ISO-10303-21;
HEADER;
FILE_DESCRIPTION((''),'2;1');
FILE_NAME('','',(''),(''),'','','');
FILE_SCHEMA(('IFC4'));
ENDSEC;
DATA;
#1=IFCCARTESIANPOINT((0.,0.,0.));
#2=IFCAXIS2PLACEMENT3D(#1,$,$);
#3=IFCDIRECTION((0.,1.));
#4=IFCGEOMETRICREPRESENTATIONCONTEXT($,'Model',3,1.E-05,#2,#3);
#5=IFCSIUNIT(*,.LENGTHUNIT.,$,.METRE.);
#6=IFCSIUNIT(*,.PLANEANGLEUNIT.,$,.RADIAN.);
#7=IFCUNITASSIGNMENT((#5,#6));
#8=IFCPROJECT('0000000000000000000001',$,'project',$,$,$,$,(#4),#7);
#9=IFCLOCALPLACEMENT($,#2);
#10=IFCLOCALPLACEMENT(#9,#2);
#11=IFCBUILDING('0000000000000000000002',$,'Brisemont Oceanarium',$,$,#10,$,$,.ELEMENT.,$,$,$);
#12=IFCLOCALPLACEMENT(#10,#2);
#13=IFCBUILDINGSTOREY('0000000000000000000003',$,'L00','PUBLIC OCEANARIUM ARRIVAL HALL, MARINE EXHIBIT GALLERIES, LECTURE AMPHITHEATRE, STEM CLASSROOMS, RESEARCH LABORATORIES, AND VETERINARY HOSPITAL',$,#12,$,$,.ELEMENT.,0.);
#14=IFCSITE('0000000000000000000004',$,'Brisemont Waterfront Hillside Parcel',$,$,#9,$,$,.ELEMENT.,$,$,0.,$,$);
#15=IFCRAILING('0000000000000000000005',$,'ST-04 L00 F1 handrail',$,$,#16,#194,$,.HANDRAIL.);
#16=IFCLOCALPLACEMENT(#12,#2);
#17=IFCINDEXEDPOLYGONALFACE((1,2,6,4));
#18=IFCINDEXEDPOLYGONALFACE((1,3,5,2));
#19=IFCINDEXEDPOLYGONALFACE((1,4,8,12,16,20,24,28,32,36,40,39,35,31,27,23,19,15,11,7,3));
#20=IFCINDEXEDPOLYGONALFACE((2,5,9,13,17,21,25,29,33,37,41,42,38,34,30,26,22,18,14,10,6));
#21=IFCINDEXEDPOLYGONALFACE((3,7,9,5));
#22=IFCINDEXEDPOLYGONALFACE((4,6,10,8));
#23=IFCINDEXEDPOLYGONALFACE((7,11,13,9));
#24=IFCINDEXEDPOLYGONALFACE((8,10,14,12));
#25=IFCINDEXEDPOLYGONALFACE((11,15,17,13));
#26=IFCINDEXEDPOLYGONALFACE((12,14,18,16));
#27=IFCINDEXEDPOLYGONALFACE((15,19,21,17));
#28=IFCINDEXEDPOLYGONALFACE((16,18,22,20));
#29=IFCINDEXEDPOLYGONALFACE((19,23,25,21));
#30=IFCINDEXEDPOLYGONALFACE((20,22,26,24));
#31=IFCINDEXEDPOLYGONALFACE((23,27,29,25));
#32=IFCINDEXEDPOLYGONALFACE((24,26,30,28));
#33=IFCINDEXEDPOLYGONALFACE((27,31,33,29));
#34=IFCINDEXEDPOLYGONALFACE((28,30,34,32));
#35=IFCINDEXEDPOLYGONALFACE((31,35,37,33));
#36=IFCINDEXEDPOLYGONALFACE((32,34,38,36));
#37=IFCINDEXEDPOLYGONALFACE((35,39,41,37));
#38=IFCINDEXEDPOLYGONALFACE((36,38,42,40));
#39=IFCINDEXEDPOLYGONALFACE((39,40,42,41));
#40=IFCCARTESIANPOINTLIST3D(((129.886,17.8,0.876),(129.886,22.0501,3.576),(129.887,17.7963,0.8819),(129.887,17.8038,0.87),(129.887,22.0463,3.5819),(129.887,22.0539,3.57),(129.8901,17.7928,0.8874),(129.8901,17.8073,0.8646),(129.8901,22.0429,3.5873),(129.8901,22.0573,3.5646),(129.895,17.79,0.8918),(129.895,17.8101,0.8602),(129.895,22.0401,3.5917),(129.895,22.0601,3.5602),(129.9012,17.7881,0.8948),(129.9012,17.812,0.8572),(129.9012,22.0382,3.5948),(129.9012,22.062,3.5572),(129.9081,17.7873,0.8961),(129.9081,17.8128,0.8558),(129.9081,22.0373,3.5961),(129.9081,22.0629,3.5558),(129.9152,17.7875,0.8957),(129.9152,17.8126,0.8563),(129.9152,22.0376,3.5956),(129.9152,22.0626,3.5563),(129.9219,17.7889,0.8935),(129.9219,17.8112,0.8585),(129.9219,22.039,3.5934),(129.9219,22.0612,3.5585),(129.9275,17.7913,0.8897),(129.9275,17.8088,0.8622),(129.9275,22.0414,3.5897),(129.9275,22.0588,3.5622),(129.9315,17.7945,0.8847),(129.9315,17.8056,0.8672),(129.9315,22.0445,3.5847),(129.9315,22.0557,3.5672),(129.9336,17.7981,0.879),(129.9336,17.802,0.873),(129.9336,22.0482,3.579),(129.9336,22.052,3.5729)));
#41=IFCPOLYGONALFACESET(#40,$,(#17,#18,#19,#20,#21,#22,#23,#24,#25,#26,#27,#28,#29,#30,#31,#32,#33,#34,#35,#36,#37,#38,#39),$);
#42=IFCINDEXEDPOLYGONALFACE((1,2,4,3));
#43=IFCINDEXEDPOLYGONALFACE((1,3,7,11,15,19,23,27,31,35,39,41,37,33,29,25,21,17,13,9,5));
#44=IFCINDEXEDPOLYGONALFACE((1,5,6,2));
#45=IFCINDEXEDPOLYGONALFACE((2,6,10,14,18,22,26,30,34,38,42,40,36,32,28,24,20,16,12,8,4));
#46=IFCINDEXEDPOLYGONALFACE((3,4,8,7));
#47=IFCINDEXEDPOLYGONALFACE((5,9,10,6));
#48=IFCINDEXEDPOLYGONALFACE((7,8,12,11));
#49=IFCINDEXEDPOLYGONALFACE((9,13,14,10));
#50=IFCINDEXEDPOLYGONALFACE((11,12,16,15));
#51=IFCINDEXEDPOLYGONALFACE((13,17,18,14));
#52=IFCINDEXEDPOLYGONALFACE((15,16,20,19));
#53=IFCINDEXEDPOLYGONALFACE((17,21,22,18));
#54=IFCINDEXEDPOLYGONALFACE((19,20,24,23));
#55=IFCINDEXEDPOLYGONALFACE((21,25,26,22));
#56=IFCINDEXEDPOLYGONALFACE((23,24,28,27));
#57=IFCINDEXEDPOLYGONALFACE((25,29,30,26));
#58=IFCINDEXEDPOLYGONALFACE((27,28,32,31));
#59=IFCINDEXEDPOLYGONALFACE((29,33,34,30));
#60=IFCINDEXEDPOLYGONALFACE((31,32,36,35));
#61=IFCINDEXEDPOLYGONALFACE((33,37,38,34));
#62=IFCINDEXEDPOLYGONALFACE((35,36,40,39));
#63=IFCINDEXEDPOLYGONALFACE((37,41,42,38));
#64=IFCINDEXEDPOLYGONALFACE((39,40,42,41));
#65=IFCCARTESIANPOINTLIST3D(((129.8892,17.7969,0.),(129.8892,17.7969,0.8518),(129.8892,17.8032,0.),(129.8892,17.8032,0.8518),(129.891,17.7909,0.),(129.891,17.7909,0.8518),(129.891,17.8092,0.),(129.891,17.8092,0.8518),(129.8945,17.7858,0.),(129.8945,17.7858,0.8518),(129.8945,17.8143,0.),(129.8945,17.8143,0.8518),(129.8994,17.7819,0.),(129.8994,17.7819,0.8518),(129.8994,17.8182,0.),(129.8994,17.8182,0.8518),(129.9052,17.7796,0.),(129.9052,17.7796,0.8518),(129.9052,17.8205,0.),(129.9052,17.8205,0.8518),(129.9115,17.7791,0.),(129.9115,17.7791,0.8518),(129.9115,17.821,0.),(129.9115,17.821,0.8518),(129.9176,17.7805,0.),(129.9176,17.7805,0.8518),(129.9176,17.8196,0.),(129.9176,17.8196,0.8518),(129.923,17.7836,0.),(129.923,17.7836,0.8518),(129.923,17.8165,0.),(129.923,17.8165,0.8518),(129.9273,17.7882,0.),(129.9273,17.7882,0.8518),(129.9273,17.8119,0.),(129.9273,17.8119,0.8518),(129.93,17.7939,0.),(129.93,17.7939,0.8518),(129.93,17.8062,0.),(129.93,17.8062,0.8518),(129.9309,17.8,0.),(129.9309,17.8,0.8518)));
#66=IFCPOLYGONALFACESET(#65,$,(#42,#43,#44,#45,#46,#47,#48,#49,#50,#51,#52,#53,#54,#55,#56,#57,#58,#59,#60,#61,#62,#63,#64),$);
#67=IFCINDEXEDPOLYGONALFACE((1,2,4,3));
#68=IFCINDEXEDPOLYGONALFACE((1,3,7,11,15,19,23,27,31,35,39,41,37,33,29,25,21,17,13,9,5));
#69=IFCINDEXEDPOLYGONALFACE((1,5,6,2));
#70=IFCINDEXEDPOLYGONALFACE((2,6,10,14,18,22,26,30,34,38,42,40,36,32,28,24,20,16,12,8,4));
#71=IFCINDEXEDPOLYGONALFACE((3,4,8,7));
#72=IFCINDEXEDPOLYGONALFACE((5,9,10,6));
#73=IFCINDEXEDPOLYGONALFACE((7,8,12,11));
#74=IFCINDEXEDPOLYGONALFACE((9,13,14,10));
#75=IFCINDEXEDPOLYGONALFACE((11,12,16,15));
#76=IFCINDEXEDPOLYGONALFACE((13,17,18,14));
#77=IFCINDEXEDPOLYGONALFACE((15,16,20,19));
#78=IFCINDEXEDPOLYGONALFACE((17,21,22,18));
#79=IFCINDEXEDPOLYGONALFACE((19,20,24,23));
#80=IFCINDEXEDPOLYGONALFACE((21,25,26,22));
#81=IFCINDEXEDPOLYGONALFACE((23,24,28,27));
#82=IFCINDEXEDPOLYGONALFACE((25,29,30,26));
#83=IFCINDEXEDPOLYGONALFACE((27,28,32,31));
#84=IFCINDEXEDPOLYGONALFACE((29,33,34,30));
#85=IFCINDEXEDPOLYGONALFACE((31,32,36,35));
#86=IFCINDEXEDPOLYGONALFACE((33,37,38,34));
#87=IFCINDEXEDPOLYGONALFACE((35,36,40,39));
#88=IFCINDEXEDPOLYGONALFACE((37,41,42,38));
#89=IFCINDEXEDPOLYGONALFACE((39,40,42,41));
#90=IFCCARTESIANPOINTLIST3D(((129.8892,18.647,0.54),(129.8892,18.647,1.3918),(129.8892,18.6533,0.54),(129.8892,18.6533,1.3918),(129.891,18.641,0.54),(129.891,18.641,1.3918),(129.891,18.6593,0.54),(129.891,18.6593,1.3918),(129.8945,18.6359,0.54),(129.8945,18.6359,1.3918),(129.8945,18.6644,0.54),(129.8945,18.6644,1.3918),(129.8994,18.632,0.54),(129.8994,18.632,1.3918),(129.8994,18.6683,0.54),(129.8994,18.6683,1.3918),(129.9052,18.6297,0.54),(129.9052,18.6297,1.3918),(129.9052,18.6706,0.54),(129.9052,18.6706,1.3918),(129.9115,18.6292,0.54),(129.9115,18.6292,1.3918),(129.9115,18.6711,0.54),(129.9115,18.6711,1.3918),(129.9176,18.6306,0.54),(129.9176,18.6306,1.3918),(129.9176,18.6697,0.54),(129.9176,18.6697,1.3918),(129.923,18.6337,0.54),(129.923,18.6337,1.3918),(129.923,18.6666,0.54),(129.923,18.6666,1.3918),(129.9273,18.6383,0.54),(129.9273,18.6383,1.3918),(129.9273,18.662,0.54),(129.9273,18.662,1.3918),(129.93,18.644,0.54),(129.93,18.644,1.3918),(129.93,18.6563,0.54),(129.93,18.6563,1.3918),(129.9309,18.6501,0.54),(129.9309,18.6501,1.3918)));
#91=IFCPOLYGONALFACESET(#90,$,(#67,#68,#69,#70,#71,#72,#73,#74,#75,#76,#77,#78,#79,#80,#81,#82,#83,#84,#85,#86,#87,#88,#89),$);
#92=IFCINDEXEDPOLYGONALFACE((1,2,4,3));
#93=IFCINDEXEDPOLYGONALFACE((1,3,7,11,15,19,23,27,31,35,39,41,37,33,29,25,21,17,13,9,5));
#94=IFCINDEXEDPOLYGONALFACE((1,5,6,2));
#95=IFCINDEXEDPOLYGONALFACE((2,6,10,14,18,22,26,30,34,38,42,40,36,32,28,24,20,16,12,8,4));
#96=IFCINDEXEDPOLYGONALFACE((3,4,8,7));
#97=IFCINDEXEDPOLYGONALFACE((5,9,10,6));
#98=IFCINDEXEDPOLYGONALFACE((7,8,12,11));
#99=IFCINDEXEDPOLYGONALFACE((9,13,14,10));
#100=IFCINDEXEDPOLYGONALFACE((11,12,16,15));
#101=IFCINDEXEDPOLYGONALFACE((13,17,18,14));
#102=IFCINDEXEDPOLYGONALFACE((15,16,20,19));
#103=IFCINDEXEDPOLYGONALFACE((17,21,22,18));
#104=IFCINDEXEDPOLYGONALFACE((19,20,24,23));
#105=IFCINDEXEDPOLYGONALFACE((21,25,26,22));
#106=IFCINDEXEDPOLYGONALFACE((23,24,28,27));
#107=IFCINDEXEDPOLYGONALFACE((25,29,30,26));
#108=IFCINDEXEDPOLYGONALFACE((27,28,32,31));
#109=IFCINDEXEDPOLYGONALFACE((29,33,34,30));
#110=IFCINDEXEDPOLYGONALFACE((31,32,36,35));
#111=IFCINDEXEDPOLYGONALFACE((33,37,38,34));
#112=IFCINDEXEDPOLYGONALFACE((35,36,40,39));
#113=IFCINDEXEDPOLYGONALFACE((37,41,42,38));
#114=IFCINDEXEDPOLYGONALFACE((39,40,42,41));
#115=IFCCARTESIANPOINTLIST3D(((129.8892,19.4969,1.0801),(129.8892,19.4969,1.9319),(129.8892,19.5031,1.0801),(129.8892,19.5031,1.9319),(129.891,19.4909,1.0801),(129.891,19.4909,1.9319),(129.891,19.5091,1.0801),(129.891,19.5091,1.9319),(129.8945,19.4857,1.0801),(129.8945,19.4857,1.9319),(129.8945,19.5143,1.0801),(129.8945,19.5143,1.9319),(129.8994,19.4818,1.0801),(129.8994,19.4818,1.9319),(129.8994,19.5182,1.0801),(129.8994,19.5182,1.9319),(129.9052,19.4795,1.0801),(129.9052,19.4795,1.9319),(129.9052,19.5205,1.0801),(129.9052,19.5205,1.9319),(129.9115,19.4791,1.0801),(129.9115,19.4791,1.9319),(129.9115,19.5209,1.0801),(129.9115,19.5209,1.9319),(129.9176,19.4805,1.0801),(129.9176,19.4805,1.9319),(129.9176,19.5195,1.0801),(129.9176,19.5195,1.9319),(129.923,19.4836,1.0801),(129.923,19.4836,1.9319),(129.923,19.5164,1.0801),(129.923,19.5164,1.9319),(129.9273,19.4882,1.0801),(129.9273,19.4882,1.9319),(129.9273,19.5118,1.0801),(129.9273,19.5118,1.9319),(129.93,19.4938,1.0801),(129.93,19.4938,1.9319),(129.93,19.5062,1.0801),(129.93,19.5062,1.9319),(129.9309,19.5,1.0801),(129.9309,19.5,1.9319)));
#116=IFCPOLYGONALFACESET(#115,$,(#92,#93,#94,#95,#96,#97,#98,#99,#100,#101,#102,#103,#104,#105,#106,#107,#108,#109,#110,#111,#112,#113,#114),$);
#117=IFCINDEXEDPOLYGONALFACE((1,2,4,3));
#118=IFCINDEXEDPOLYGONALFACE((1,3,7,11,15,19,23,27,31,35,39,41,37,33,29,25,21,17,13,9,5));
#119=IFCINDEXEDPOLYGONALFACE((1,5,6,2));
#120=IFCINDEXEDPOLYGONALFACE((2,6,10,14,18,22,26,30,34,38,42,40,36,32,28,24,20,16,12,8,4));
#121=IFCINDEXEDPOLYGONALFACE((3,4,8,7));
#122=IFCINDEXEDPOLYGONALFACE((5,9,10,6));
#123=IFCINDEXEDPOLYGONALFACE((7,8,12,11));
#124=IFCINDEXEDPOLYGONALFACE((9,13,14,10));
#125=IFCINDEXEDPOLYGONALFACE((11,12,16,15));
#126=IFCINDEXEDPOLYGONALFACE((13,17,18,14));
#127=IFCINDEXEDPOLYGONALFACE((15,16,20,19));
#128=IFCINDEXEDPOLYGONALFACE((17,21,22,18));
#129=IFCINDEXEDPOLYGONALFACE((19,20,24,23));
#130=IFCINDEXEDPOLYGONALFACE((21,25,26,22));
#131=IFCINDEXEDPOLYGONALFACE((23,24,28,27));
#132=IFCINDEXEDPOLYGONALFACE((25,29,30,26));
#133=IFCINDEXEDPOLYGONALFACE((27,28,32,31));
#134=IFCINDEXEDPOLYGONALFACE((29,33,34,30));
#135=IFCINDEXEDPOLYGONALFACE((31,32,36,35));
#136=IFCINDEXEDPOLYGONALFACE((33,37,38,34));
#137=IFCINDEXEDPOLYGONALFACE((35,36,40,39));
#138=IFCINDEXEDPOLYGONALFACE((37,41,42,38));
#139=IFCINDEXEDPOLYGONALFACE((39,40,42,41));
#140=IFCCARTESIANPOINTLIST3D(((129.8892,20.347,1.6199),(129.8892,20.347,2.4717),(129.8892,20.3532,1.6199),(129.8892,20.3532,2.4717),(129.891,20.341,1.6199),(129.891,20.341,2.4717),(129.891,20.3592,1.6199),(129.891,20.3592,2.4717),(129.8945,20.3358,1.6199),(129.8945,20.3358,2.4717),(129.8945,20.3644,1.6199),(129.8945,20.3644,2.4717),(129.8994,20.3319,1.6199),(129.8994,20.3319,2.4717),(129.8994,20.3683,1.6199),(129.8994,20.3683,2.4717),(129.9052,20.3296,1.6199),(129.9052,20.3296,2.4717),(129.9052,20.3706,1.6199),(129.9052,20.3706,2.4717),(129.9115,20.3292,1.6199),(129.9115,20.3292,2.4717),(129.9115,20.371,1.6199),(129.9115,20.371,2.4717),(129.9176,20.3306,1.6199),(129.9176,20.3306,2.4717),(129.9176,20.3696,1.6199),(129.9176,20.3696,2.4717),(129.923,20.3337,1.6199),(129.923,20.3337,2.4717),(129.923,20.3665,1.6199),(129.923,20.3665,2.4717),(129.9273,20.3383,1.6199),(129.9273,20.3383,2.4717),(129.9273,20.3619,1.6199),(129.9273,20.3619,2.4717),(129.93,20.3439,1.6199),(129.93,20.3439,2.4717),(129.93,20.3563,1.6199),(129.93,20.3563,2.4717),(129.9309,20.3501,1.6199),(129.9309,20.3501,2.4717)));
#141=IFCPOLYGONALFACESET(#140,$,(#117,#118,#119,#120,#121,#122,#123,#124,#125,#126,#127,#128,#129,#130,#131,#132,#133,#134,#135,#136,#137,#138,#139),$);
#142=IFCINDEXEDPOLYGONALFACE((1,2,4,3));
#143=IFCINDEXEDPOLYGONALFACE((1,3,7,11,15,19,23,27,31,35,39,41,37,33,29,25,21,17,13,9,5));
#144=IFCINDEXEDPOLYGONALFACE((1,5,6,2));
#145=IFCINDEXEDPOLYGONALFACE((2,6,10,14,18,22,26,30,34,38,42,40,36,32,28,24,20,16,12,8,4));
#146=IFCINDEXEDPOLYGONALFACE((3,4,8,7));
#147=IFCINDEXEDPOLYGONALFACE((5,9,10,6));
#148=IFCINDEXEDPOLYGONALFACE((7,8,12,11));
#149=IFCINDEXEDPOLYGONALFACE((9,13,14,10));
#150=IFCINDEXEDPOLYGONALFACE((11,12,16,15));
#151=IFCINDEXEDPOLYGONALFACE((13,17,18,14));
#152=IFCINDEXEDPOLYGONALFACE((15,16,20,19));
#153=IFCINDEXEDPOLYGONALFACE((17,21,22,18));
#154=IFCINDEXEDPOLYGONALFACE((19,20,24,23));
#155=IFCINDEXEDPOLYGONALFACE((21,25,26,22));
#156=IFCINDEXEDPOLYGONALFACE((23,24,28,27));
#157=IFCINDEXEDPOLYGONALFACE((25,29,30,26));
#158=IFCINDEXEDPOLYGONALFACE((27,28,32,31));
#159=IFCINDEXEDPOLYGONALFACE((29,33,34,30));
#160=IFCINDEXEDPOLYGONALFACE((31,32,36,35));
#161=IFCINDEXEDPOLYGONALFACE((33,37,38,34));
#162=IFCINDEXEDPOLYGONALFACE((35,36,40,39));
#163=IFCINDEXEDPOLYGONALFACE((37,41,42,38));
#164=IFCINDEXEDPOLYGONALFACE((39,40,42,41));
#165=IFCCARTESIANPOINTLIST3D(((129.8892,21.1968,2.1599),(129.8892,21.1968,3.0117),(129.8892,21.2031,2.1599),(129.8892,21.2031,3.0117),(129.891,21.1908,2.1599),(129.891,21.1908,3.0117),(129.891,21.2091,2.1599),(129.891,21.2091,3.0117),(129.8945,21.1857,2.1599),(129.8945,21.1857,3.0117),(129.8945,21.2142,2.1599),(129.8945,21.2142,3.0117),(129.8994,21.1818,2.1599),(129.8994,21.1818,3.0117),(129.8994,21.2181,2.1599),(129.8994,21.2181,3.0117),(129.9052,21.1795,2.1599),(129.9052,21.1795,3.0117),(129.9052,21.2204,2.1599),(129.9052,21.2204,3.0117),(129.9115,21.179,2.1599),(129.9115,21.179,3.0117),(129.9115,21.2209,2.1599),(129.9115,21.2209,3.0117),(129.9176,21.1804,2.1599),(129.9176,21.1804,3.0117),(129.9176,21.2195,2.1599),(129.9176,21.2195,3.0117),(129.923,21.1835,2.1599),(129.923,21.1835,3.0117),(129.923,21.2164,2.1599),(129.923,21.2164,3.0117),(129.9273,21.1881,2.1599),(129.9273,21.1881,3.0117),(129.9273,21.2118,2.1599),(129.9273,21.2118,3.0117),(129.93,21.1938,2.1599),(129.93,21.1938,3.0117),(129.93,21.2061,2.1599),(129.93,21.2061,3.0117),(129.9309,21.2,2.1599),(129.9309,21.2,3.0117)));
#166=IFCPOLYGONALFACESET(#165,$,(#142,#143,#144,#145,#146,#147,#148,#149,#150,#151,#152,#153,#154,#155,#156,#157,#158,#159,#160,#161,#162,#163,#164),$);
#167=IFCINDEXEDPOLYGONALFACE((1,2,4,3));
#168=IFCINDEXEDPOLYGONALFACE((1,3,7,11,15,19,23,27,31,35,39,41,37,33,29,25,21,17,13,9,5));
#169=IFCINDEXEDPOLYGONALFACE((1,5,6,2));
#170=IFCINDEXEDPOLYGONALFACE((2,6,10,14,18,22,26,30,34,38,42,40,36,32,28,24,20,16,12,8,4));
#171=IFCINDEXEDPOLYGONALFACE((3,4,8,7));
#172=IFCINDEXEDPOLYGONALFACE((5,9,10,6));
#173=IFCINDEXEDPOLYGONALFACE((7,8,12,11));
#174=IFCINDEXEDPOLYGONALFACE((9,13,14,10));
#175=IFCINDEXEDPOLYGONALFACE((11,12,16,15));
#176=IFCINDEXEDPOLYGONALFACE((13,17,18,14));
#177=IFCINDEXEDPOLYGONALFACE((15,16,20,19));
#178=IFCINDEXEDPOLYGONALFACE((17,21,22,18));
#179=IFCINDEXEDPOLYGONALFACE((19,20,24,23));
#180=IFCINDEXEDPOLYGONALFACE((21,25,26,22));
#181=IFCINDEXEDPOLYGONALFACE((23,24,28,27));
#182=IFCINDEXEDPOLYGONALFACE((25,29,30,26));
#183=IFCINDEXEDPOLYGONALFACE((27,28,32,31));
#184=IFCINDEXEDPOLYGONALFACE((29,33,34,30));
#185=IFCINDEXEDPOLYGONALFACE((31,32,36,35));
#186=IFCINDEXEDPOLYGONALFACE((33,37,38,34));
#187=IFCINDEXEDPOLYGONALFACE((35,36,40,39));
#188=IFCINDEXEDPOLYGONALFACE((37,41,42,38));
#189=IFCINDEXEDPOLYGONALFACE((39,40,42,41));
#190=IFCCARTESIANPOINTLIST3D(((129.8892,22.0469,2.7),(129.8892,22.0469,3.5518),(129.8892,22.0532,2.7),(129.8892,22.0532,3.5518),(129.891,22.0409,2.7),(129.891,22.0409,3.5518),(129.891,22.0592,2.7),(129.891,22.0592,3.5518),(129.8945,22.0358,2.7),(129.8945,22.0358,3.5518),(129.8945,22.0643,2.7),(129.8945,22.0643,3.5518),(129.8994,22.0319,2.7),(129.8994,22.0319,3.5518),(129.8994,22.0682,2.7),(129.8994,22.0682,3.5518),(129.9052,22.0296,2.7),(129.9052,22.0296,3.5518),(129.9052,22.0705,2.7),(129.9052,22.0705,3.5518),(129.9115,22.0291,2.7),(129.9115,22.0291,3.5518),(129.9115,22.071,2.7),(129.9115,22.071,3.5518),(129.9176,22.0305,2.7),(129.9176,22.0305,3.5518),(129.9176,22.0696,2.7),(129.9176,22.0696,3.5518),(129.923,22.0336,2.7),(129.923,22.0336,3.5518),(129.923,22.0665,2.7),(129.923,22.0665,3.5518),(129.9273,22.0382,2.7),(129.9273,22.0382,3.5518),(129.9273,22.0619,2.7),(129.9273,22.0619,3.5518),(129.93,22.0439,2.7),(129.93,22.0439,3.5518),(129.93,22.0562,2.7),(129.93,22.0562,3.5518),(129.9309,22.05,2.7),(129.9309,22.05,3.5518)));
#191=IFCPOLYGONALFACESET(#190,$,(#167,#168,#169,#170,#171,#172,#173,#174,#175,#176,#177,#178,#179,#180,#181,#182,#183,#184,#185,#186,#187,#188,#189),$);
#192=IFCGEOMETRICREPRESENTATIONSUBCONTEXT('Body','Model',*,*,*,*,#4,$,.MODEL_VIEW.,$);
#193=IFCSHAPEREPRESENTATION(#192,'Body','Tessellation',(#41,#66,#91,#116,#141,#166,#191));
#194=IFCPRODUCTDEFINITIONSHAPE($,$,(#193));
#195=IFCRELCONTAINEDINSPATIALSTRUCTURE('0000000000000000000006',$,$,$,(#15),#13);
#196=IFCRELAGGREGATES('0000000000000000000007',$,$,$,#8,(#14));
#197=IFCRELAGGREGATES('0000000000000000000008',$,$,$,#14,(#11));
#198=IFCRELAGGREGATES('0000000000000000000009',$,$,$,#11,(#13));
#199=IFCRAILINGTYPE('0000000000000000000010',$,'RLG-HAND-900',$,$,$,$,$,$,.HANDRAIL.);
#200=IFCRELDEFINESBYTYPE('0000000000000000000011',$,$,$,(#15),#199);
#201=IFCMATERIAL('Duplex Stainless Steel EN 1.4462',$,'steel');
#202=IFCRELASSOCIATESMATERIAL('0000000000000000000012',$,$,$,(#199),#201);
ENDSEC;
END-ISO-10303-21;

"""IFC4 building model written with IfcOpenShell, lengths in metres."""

from ifc_helpers import new_model, si_unit, direction, frame, origin, origin_2d, place, context, subcontext, project, spatial, circle, extrude, material, type_object, element, save


model = new_model("IFC4")

# Units and contexts
model_context = context("Model", 3, precision=1e-05, world=origin(), true_north=direction((0.0, 1.0)))
body_context = subcontext(model_context, "Body", "Model", "MODEL_VIEW")
ifc_project = project(units=[si_unit("LENGTHUNIT", "METRE"), si_unit("PLANEANGLEUNIT", "RADIAN")], contexts=[model_context])

# Site, building, storey
site_placement = place(None, origin())
site = spatial("IfcSite", under=ifc_project, at=site_placement, Name="Brisemont Waterfront Hillside Parcel", CompositionType="ELEMENT", RefElevation=0.0)
building_placement = place(site_placement, origin())
building = spatial("IfcBuilding", under=site, at=building_placement, Name="Brisemont Oceanarium", CompositionType="ELEMENT")
storey_placement = place(building_placement, origin())
storey = spatial("IfcBuildingStorey", under=building, at=storey_placement, Name="L00", Description="PUBLIC OCEANARIUM ARRIVAL HALL, MARINE EXHIBIT GALLERIES, LECTURE AMPHITHEATRE, STEM CLASSROOMS, RESEARCH LABORATORIES, AND VETERINARY HOSPITAL", CompositionType="ELEMENT", Elevation=0.0)

# Railing
ifc_material_1 = material(Name="Duplex Stainless Steel EN 1.4462", Category="steel")
railing_type = type_object("IfcRailingType", Name="RLG-HAND-900", PredefinedType="HANDRAIL", material=ifc_material_1)
railing_placement = place(storey_placement, frame((129.9099, 17.8, 0.0)))
element("IfcRailing", 1, at=railing_placement, inside=storey, type_object=railing_type, Name="ST-04 L00 F1 handrail", PredefinedType="HANDRAIL", context=body_context, shape_type="SweptSolid", body=[
    extrude(circle(Radius=0.0239, at=origin_2d()), frame((0.0, 0.0, 0.876), z_axis=(0.0, 0.844075, 0.536226), x_axis=(-1.0, 0.0, 0.0)), (0.0, 0.0, 1.0), 5.0352),
    extrude(circle(Radius=0.021, at=origin_2d()), origin(), (0.0, 0.0, 1.0), 0.8518),
    extrude(circle(Radius=0.021, at=origin_2d()), frame((0.0, 0.8501, 0.54)), (0.0, 0.0, 1.0), 0.8518),
    extrude(circle(Radius=0.021, at=origin_2d()), frame((0.0, 1.7, 1.0801)), (0.0, 0.0, 1.0), 0.8518),
    extrude(circle(Radius=0.021, at=origin_2d()), frame((0.0, 2.55, 1.6199)), (0.0, 0.0, 1.0), 0.8518),
    extrude(circle(Radius=0.021, at=origin_2d()), frame((0.0, 3.3999, 2.1599)), (0.0, 0.0, 1.0), 0.8518),
    extrude(circle(Radius=0.021, at=origin_2d()), frame((0.0, 4.25, 2.7)), (0.0, 0.0, 1.0), 0.8518),
])

save(model, "model.ifc")
